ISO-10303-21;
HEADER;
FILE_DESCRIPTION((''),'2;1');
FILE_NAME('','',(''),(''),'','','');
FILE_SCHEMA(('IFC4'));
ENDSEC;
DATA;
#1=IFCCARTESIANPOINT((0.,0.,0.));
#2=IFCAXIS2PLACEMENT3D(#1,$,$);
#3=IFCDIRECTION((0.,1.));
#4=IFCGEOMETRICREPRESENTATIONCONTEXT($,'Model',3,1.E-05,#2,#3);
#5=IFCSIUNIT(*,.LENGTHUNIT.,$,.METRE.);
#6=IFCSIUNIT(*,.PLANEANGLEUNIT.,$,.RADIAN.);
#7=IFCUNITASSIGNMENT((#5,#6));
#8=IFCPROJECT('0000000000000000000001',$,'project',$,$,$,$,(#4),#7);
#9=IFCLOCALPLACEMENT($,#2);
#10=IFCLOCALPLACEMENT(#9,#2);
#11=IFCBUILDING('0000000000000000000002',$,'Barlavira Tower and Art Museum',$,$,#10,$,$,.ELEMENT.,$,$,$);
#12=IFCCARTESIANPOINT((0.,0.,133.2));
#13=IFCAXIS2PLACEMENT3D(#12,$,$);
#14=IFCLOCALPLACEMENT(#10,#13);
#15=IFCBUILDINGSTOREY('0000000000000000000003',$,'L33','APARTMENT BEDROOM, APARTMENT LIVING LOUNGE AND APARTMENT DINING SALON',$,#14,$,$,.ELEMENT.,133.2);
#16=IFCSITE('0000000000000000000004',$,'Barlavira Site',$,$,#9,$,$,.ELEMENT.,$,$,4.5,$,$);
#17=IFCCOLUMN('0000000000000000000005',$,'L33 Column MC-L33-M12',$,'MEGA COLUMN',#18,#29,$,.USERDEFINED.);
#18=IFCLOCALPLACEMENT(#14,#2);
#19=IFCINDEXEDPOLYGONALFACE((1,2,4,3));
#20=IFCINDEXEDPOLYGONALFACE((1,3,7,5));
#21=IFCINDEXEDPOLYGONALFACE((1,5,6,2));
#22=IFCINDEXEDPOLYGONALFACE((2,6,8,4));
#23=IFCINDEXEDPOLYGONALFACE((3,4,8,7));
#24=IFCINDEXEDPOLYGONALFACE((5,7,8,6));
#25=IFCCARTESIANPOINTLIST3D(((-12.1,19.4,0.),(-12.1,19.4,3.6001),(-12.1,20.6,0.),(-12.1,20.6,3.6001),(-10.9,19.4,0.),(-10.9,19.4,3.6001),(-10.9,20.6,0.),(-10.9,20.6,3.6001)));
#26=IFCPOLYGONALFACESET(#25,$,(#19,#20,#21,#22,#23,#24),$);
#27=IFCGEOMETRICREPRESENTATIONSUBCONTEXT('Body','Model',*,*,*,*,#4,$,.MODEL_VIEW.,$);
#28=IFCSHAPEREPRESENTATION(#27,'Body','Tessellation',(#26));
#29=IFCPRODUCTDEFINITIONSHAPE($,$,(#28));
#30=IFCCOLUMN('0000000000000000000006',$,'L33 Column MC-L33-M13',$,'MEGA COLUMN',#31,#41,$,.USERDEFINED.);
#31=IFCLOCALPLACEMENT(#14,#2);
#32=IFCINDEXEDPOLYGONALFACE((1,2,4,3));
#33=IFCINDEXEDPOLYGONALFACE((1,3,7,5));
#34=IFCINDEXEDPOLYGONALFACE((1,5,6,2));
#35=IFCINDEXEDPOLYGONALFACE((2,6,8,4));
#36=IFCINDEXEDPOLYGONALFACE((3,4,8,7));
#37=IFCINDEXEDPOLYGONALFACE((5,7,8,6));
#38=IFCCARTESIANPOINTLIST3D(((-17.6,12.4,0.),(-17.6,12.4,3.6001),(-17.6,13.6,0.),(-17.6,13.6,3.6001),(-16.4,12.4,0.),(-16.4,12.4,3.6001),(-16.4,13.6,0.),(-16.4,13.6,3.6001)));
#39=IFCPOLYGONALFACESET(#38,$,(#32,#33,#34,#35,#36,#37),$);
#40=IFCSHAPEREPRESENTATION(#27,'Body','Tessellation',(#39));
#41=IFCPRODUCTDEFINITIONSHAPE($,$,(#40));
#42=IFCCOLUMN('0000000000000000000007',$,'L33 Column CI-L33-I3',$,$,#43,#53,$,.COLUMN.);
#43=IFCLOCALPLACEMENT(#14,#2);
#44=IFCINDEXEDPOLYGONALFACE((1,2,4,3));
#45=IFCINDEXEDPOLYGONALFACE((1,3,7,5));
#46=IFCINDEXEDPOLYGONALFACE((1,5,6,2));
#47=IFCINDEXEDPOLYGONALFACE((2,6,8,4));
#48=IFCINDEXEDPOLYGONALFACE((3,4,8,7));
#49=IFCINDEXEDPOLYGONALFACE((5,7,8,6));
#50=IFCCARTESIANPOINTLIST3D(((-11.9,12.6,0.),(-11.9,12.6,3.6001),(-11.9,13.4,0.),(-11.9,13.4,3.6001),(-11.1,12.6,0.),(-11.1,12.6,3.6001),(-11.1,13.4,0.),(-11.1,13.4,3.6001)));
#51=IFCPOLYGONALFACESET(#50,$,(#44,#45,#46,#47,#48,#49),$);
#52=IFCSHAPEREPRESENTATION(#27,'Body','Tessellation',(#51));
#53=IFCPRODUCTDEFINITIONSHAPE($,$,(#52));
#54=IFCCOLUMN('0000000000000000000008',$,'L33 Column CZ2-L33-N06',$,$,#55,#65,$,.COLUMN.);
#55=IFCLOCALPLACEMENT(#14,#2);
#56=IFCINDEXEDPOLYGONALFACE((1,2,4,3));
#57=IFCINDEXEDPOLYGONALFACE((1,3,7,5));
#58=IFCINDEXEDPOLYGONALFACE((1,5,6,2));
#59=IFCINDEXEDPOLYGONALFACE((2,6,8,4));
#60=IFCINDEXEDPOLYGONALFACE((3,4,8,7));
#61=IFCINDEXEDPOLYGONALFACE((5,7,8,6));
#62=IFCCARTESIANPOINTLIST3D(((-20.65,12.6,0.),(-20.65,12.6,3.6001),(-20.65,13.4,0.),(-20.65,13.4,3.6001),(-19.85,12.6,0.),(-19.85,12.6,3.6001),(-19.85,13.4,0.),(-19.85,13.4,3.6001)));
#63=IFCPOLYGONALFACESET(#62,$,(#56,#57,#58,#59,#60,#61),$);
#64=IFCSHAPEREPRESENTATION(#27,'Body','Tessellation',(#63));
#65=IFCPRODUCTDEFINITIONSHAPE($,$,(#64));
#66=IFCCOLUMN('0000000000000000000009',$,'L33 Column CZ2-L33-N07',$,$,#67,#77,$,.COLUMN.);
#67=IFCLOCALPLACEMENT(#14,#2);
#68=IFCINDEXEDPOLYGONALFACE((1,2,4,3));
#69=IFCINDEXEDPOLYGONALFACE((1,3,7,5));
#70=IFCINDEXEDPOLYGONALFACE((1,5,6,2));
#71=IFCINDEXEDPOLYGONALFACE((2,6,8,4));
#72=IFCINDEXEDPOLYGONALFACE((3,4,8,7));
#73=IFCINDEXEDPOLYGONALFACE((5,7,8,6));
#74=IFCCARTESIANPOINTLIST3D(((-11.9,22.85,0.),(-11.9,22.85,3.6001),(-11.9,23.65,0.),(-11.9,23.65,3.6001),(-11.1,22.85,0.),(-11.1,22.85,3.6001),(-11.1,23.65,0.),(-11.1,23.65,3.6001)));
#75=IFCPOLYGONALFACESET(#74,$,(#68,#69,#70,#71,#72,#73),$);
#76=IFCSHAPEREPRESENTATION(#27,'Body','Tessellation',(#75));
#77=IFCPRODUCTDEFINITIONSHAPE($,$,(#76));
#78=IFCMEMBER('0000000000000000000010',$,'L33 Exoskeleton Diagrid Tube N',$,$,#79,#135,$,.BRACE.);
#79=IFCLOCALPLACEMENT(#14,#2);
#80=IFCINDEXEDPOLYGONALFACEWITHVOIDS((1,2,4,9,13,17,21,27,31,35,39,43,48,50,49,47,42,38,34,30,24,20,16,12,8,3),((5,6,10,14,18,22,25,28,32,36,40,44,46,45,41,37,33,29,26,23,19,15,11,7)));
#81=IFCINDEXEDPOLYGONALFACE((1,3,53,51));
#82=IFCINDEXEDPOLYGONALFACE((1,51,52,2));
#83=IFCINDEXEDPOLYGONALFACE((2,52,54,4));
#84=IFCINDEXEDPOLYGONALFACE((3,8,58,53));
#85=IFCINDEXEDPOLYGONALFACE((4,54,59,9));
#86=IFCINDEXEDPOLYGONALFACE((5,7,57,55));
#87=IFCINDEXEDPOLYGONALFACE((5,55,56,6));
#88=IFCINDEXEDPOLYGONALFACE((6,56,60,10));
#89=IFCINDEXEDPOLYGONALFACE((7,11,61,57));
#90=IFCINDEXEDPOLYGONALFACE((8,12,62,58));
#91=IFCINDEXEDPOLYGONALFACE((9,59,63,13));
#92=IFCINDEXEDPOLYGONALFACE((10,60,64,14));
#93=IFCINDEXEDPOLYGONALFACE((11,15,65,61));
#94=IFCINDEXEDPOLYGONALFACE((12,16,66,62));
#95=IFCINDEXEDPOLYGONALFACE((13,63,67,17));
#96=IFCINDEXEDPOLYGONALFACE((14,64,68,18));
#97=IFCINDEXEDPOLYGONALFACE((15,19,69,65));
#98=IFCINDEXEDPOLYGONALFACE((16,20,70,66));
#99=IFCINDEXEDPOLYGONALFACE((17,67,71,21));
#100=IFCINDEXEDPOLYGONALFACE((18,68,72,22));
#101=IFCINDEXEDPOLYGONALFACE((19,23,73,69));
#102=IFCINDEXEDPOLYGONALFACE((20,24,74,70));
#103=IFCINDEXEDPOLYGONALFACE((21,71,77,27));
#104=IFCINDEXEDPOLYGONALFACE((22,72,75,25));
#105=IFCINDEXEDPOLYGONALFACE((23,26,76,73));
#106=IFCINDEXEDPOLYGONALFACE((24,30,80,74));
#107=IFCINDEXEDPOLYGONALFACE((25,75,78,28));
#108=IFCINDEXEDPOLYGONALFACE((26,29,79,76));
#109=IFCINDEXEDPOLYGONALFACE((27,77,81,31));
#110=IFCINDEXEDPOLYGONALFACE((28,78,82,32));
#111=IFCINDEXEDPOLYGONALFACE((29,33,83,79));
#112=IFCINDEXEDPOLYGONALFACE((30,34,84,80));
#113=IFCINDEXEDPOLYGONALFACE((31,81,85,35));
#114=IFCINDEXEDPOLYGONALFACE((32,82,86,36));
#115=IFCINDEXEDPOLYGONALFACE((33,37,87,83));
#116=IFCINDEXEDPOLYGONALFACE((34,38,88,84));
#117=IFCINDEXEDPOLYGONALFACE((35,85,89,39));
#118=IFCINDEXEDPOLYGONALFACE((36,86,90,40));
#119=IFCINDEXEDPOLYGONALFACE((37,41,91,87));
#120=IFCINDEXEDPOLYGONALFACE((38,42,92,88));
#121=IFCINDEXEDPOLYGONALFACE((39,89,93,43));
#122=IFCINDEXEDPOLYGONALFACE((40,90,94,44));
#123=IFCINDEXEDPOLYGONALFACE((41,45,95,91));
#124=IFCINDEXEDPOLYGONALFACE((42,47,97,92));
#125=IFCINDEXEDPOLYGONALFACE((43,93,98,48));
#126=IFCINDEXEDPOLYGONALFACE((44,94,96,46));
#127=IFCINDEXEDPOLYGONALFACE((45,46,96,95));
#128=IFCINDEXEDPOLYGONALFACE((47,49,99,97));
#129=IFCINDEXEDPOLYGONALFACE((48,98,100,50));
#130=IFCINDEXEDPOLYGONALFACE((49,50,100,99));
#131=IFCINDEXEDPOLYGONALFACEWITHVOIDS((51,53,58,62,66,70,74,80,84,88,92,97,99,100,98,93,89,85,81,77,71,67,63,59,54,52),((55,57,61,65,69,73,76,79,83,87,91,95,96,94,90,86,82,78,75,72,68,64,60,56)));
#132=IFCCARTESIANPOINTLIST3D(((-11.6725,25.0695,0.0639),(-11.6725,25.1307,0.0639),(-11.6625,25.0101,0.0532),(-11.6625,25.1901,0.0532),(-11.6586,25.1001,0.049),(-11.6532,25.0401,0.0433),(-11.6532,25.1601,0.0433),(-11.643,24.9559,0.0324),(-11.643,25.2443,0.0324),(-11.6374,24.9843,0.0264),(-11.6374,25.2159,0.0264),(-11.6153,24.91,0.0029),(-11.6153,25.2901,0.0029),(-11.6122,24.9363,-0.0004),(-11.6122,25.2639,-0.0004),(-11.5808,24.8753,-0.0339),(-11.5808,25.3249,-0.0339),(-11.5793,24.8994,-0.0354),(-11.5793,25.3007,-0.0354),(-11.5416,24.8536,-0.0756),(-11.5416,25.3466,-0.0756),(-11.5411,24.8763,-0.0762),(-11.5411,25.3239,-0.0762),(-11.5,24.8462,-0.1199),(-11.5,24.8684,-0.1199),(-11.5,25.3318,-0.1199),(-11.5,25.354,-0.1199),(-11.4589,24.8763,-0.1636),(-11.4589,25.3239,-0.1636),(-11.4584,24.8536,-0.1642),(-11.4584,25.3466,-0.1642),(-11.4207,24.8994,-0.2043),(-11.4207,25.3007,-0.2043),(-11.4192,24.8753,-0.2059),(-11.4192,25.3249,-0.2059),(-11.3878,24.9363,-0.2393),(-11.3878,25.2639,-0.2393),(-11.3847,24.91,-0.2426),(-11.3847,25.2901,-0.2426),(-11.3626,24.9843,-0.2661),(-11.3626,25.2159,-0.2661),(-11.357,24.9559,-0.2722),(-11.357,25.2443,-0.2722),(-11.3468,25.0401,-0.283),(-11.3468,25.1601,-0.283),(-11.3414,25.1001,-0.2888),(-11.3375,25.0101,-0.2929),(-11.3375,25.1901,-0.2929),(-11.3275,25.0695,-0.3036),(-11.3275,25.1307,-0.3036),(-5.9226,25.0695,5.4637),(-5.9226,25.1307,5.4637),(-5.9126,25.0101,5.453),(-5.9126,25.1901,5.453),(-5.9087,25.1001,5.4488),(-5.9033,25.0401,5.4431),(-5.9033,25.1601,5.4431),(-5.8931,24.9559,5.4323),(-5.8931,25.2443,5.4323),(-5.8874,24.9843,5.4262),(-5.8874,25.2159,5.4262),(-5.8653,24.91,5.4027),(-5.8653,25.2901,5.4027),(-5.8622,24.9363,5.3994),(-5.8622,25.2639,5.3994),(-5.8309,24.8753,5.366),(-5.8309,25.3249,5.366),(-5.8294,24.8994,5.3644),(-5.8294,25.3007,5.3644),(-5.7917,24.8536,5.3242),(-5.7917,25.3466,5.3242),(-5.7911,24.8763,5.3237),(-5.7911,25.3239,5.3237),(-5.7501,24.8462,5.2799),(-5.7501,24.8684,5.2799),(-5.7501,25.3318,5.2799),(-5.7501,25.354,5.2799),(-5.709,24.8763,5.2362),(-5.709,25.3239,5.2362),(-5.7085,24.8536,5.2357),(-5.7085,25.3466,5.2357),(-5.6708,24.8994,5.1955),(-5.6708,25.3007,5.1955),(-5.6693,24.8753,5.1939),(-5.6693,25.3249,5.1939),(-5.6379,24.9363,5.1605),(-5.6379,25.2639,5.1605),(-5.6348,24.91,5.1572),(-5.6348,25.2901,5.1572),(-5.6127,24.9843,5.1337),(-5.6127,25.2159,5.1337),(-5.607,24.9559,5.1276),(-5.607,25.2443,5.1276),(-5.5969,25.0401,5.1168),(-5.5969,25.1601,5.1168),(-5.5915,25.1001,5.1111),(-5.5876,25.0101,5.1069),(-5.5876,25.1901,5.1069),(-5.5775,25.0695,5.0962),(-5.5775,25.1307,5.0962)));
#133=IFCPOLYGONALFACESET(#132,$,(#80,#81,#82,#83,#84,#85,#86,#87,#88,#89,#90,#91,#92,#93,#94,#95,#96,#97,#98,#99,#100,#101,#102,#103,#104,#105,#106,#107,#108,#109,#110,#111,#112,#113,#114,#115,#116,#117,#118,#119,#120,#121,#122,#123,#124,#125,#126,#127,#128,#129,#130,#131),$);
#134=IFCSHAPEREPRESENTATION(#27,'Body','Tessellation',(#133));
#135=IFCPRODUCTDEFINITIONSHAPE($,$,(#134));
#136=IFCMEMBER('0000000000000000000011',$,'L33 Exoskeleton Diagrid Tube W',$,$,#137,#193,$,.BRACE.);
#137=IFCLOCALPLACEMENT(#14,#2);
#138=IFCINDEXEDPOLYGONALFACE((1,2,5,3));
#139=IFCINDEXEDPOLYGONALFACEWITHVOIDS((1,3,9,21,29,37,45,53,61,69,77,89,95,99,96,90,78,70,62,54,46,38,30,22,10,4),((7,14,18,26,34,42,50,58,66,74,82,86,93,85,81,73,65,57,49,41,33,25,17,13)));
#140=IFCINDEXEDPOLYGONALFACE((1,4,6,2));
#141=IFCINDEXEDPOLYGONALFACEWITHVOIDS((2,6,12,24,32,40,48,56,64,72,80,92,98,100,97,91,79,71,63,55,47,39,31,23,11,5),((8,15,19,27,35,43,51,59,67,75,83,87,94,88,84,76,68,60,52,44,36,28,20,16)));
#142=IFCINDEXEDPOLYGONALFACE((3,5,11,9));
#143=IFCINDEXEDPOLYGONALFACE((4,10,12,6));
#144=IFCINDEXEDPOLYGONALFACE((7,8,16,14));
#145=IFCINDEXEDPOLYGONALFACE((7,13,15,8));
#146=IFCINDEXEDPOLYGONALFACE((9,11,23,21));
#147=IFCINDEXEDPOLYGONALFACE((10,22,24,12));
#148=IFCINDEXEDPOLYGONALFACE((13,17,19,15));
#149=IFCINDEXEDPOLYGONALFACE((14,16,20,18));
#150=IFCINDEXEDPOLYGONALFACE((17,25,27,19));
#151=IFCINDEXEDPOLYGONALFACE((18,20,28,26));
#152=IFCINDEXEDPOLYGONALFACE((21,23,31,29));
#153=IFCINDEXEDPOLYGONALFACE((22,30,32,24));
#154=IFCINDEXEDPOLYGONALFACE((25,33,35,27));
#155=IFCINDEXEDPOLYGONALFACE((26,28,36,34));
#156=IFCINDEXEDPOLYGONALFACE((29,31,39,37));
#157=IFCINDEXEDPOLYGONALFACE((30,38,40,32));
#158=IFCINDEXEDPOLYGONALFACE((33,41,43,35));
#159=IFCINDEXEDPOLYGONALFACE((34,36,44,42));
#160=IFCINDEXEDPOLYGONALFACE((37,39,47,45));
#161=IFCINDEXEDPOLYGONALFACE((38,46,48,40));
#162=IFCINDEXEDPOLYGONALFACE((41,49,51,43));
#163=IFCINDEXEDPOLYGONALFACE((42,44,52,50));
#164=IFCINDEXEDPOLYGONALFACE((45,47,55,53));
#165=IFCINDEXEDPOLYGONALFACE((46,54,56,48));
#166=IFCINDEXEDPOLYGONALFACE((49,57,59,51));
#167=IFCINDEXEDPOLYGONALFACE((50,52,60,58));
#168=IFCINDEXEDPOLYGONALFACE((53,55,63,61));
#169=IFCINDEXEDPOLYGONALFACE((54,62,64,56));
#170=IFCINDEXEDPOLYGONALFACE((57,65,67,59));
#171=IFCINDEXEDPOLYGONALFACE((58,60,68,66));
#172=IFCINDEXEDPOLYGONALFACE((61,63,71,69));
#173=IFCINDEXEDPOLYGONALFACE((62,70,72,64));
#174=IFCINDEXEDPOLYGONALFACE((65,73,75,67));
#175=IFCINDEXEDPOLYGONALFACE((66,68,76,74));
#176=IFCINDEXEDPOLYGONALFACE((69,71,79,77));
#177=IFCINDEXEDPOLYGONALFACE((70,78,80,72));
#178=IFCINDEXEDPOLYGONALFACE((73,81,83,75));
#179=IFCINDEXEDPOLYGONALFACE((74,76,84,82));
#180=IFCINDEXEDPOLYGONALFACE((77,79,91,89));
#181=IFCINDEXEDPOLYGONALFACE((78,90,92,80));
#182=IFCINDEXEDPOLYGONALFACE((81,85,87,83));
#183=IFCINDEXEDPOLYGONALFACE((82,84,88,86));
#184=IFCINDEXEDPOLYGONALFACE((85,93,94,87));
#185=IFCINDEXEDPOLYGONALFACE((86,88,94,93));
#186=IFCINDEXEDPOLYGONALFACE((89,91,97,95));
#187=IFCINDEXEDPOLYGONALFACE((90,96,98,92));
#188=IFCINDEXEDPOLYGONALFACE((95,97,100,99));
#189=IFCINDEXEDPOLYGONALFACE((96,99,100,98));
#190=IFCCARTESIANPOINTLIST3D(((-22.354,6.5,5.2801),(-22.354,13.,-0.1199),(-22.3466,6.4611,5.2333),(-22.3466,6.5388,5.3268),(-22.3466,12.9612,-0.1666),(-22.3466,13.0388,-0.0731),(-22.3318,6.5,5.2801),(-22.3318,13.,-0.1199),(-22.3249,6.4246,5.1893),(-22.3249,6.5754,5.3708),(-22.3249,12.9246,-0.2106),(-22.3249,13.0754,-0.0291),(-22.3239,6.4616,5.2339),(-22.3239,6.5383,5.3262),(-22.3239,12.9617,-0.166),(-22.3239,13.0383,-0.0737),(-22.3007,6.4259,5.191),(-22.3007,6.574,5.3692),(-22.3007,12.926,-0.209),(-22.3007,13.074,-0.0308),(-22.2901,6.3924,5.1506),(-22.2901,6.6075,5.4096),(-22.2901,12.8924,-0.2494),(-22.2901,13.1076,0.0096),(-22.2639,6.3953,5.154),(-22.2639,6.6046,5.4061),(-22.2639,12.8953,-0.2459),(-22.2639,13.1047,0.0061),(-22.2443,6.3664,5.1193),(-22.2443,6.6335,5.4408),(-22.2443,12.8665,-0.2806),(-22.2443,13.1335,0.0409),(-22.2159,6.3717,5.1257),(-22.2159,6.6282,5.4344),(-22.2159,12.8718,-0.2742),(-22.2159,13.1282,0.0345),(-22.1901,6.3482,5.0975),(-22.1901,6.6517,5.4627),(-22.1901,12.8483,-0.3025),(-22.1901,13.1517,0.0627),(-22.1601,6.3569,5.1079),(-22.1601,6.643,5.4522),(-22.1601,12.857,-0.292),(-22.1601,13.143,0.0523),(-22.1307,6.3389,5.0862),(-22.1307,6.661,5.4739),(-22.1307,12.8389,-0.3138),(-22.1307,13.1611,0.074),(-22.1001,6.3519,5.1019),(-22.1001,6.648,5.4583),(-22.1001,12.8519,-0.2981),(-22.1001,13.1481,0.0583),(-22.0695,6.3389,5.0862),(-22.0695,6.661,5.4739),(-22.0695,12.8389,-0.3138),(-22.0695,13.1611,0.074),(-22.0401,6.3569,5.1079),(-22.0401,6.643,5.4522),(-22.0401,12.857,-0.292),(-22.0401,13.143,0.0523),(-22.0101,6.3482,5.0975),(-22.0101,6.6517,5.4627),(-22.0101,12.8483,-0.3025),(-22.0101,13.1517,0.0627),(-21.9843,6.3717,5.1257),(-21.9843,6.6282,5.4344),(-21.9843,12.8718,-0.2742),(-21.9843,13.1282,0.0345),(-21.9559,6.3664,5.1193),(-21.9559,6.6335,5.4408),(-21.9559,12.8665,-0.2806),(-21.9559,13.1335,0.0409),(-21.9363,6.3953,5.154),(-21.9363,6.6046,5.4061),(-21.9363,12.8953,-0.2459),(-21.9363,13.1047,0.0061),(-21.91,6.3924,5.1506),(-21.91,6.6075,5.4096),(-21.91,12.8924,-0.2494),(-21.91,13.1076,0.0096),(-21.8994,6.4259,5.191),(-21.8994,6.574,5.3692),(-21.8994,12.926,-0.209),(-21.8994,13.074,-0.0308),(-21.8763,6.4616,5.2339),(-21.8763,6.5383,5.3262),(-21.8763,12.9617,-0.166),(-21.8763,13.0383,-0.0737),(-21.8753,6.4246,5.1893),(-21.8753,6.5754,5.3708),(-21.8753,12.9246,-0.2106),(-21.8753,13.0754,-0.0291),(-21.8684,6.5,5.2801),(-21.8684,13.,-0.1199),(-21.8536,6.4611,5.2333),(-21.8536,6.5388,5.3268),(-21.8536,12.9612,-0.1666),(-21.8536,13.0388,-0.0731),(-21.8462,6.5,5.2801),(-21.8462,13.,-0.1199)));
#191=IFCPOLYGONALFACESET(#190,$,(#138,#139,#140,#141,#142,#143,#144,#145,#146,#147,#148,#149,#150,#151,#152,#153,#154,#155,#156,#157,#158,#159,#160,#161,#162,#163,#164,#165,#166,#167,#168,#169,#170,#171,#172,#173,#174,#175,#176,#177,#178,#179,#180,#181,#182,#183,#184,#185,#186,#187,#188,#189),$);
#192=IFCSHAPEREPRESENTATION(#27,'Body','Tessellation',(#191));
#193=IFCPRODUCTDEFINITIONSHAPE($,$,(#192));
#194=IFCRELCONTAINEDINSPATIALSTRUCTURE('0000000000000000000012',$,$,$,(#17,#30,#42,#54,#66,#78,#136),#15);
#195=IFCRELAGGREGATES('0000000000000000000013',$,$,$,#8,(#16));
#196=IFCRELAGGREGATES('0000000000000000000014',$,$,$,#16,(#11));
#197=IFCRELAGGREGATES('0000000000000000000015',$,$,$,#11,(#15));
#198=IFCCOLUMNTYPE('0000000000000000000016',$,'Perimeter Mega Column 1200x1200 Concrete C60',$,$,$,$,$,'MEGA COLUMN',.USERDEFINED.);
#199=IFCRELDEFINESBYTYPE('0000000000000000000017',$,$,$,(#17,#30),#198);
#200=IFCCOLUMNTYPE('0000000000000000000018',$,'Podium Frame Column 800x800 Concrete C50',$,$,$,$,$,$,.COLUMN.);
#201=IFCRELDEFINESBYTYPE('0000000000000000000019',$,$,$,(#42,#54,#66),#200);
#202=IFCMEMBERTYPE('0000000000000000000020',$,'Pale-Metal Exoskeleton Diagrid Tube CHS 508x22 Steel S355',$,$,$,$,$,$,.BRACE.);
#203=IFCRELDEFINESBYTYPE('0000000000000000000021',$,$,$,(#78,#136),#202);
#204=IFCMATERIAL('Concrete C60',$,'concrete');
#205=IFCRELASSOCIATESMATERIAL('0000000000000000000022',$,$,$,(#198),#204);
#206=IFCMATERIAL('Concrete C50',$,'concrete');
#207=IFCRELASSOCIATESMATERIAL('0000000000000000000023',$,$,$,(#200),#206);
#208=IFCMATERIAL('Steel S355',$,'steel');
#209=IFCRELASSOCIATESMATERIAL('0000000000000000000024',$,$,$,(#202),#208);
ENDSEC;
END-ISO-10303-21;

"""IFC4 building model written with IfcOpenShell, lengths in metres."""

from ifc_helpers import new_model, si_unit, direction, frame, origin, origin_2d, place, context, subcontext, project, spatial, rectangle, hollow_circle, extrude, material, material_profile, profile_set, type_object, element, save


model = new_model("IFC4")

# Units and contexts
model_context = context("Model", 3, precision=1e-05, world=origin(), true_north=direction((0.0, 1.0)))
body_context = subcontext(model_context, "Body", "Model", "MODEL_VIEW")
ifc_project = project(units=[si_unit("LENGTHUNIT", "METRE"), si_unit("PLANEANGLEUNIT", "RADIAN")], contexts=[model_context])

# Site, building, storey
site_placement = place(None, origin())
site = spatial("IfcSite", under=ifc_project, at=site_placement, Name="Barlavira Site", CompositionType="ELEMENT", RefElevation=4.5)
building_placement = place(site_placement, origin())
building = spatial("IfcBuilding", under=site, at=building_placement, Name="Barlavira Tower and Art Museum", CompositionType="ELEMENT")
storey_placement = place(building_placement, frame((0.0, 0.0, 133.2)))
storey = spatial("IfcBuildingStorey", under=building, at=storey_placement, Name="L33", Description="APARTMENT BEDROOM, APARTMENT LIVING LOUNGE AND APARTMENT DINING SALON", CompositionType="ELEMENT", Elevation=133.2)

# Columns
ifc_material_1 = material(Name="Concrete C60", Category="concrete")
ifc_material_profile_1 = material_profile(ifc_material_1, rectangle(XDim=1.2, YDim=1.2, at=origin_2d()), Name="RC-COL 1200x1200")
ifc_profile_set_1 = profile_set([ifc_material_profile_1], Name="Concrete C60")
column_type_1 = type_object("IfcColumnType", Name="Perimeter Mega Column 1200x1200 Concrete C60", ElementType="MEGA COLUMN", PredefinedType="USERDEFINED", material=ifc_profile_set_1)
for number, where, z_axis, x_axis, name in (
    (1, (-11.5, 20.0, 0.0), (0.0, 0.0, 1.0), (1.0, 0.0, 0.0), "L33 Column MC-L33-M12"),
    (2, (-17.0, 13.0, 0.0), (0.0, 0.0, 1.0), (1.0, 0.0, 0.0), "L33 Column MC-L33-M13"),
):
    element("IfcColumn", number, at=place(storey_placement, frame(where, z_axis=z_axis, x_axis=x_axis)), inside=storey, type_object=column_type_1, Name=name, ObjectType="MEGA COLUMN", PredefinedType="USERDEFINED", context=body_context, shape_type="SweptSolid", body=[
        extrude(rectangle(XDim=1.2, YDim=1.2, at=origin_2d()), origin(), (0.0, 0.0, 1.0), 3.6001),
    ])
ifc_material_2 = material(Name="Concrete C50", Category="concrete")
ifc_material_profile_2 = material_profile(ifc_material_2, rectangle(XDim=0.8, YDim=0.8, at=origin_2d()), Name="RC-COL 800x800")
ifc_profile_set_2 = profile_set([ifc_material_profile_2], Name="Concrete C50")
column_type_2 = type_object("IfcColumnType", Name="Podium Frame Column 800x800 Concrete C50", PredefinedType="COLUMN", material=ifc_profile_set_2)
for number, where, z_axis, x_axis, name in (
    (3, (-11.5, 13.0, 0.0), (0.0, 0.0, 1.0), (1.0, 0.0, 0.0), "L33 Column CI-L33-I3"),
    (4, (-20.25, 13.0, 0.0), (0.0, 0.0, 1.0), (1.0, 0.0, 0.0), "L33 Column CZ2-L33-N06"),
    (5, (-11.5, 23.25, 0.0), (0.0, 0.0, 1.0), (1.0, 0.0, 0.0), "L33 Column CZ2-L33-N07"),
):
    element("IfcColumn", number, at=place(storey_placement, frame(where, z_axis=z_axis, x_axis=x_axis)), inside=storey, type_object=column_type_2, Name=name, PredefinedType="COLUMN", context=body_context, shape_type="SweptSolid", body=[
        extrude(rectangle(XDim=0.8, YDim=0.8, at=origin_2d()), origin(), (0.0, 0.0, 1.0), 3.6001),
    ])

# Members
ifc_material_3 = material(Name="Steel S355", Category="steel")
ifc_material_profile_3 = material_profile(ifc_material_3, hollow_circle(Radius=0.2539, WallThickness=0.0222, at=origin_2d()), Name="CHS 508.0x22.2")
ifc_profile_set_3 = profile_set([ifc_material_profile_3], Name="Steel S355")
member_type_1 = type_object("IfcMemberType", Name="Pale-Metal Exoskeleton Diagrid Tube CHS 508x22 Steel S355", PredefinedType="BRACE", material=ifc_profile_set_3)
member_1_placement = place(storey_placement, frame((-11.5, 25.1001, -0.1199), z_axis=(0.72895, 0.0, 0.684567), x_axis=(0.0, 1.0, 0.0)))
element("IfcMember", 6, at=member_1_placement, inside=storey, type_object=member_type_1, Name="L33 Exoskeleton Diagrid Tube N", PredefinedType="BRACE", context=body_context, shape_type="SweptSolid", body=[
    extrude(hollow_circle(Radius=0.2539, WallThickness=0.0222, at=origin_2d()), origin(), (0.0, 0.0, 1.0), 7.8879),
])
member_2_placement = place(storey_placement, frame((-22.1001, 13.0, -0.1199), z_axis=(0.0, -0.769196, 0.639013), x_axis=(1.0, 0.0, 0.0)))
element("IfcMember", 7, at=member_2_placement, inside=storey, type_object=member_type_1, Name="L33 Exoskeleton Diagrid Tube W", PredefinedType="BRACE", context=body_context, shape_type="SweptSolid", body=[
    extrude(hollow_circle(Radius=0.2539, WallThickness=0.0222, at=origin_2d()), origin(), (0.0, 0.0, 1.0), 8.4504),
])

save(model, "model.ifc")
